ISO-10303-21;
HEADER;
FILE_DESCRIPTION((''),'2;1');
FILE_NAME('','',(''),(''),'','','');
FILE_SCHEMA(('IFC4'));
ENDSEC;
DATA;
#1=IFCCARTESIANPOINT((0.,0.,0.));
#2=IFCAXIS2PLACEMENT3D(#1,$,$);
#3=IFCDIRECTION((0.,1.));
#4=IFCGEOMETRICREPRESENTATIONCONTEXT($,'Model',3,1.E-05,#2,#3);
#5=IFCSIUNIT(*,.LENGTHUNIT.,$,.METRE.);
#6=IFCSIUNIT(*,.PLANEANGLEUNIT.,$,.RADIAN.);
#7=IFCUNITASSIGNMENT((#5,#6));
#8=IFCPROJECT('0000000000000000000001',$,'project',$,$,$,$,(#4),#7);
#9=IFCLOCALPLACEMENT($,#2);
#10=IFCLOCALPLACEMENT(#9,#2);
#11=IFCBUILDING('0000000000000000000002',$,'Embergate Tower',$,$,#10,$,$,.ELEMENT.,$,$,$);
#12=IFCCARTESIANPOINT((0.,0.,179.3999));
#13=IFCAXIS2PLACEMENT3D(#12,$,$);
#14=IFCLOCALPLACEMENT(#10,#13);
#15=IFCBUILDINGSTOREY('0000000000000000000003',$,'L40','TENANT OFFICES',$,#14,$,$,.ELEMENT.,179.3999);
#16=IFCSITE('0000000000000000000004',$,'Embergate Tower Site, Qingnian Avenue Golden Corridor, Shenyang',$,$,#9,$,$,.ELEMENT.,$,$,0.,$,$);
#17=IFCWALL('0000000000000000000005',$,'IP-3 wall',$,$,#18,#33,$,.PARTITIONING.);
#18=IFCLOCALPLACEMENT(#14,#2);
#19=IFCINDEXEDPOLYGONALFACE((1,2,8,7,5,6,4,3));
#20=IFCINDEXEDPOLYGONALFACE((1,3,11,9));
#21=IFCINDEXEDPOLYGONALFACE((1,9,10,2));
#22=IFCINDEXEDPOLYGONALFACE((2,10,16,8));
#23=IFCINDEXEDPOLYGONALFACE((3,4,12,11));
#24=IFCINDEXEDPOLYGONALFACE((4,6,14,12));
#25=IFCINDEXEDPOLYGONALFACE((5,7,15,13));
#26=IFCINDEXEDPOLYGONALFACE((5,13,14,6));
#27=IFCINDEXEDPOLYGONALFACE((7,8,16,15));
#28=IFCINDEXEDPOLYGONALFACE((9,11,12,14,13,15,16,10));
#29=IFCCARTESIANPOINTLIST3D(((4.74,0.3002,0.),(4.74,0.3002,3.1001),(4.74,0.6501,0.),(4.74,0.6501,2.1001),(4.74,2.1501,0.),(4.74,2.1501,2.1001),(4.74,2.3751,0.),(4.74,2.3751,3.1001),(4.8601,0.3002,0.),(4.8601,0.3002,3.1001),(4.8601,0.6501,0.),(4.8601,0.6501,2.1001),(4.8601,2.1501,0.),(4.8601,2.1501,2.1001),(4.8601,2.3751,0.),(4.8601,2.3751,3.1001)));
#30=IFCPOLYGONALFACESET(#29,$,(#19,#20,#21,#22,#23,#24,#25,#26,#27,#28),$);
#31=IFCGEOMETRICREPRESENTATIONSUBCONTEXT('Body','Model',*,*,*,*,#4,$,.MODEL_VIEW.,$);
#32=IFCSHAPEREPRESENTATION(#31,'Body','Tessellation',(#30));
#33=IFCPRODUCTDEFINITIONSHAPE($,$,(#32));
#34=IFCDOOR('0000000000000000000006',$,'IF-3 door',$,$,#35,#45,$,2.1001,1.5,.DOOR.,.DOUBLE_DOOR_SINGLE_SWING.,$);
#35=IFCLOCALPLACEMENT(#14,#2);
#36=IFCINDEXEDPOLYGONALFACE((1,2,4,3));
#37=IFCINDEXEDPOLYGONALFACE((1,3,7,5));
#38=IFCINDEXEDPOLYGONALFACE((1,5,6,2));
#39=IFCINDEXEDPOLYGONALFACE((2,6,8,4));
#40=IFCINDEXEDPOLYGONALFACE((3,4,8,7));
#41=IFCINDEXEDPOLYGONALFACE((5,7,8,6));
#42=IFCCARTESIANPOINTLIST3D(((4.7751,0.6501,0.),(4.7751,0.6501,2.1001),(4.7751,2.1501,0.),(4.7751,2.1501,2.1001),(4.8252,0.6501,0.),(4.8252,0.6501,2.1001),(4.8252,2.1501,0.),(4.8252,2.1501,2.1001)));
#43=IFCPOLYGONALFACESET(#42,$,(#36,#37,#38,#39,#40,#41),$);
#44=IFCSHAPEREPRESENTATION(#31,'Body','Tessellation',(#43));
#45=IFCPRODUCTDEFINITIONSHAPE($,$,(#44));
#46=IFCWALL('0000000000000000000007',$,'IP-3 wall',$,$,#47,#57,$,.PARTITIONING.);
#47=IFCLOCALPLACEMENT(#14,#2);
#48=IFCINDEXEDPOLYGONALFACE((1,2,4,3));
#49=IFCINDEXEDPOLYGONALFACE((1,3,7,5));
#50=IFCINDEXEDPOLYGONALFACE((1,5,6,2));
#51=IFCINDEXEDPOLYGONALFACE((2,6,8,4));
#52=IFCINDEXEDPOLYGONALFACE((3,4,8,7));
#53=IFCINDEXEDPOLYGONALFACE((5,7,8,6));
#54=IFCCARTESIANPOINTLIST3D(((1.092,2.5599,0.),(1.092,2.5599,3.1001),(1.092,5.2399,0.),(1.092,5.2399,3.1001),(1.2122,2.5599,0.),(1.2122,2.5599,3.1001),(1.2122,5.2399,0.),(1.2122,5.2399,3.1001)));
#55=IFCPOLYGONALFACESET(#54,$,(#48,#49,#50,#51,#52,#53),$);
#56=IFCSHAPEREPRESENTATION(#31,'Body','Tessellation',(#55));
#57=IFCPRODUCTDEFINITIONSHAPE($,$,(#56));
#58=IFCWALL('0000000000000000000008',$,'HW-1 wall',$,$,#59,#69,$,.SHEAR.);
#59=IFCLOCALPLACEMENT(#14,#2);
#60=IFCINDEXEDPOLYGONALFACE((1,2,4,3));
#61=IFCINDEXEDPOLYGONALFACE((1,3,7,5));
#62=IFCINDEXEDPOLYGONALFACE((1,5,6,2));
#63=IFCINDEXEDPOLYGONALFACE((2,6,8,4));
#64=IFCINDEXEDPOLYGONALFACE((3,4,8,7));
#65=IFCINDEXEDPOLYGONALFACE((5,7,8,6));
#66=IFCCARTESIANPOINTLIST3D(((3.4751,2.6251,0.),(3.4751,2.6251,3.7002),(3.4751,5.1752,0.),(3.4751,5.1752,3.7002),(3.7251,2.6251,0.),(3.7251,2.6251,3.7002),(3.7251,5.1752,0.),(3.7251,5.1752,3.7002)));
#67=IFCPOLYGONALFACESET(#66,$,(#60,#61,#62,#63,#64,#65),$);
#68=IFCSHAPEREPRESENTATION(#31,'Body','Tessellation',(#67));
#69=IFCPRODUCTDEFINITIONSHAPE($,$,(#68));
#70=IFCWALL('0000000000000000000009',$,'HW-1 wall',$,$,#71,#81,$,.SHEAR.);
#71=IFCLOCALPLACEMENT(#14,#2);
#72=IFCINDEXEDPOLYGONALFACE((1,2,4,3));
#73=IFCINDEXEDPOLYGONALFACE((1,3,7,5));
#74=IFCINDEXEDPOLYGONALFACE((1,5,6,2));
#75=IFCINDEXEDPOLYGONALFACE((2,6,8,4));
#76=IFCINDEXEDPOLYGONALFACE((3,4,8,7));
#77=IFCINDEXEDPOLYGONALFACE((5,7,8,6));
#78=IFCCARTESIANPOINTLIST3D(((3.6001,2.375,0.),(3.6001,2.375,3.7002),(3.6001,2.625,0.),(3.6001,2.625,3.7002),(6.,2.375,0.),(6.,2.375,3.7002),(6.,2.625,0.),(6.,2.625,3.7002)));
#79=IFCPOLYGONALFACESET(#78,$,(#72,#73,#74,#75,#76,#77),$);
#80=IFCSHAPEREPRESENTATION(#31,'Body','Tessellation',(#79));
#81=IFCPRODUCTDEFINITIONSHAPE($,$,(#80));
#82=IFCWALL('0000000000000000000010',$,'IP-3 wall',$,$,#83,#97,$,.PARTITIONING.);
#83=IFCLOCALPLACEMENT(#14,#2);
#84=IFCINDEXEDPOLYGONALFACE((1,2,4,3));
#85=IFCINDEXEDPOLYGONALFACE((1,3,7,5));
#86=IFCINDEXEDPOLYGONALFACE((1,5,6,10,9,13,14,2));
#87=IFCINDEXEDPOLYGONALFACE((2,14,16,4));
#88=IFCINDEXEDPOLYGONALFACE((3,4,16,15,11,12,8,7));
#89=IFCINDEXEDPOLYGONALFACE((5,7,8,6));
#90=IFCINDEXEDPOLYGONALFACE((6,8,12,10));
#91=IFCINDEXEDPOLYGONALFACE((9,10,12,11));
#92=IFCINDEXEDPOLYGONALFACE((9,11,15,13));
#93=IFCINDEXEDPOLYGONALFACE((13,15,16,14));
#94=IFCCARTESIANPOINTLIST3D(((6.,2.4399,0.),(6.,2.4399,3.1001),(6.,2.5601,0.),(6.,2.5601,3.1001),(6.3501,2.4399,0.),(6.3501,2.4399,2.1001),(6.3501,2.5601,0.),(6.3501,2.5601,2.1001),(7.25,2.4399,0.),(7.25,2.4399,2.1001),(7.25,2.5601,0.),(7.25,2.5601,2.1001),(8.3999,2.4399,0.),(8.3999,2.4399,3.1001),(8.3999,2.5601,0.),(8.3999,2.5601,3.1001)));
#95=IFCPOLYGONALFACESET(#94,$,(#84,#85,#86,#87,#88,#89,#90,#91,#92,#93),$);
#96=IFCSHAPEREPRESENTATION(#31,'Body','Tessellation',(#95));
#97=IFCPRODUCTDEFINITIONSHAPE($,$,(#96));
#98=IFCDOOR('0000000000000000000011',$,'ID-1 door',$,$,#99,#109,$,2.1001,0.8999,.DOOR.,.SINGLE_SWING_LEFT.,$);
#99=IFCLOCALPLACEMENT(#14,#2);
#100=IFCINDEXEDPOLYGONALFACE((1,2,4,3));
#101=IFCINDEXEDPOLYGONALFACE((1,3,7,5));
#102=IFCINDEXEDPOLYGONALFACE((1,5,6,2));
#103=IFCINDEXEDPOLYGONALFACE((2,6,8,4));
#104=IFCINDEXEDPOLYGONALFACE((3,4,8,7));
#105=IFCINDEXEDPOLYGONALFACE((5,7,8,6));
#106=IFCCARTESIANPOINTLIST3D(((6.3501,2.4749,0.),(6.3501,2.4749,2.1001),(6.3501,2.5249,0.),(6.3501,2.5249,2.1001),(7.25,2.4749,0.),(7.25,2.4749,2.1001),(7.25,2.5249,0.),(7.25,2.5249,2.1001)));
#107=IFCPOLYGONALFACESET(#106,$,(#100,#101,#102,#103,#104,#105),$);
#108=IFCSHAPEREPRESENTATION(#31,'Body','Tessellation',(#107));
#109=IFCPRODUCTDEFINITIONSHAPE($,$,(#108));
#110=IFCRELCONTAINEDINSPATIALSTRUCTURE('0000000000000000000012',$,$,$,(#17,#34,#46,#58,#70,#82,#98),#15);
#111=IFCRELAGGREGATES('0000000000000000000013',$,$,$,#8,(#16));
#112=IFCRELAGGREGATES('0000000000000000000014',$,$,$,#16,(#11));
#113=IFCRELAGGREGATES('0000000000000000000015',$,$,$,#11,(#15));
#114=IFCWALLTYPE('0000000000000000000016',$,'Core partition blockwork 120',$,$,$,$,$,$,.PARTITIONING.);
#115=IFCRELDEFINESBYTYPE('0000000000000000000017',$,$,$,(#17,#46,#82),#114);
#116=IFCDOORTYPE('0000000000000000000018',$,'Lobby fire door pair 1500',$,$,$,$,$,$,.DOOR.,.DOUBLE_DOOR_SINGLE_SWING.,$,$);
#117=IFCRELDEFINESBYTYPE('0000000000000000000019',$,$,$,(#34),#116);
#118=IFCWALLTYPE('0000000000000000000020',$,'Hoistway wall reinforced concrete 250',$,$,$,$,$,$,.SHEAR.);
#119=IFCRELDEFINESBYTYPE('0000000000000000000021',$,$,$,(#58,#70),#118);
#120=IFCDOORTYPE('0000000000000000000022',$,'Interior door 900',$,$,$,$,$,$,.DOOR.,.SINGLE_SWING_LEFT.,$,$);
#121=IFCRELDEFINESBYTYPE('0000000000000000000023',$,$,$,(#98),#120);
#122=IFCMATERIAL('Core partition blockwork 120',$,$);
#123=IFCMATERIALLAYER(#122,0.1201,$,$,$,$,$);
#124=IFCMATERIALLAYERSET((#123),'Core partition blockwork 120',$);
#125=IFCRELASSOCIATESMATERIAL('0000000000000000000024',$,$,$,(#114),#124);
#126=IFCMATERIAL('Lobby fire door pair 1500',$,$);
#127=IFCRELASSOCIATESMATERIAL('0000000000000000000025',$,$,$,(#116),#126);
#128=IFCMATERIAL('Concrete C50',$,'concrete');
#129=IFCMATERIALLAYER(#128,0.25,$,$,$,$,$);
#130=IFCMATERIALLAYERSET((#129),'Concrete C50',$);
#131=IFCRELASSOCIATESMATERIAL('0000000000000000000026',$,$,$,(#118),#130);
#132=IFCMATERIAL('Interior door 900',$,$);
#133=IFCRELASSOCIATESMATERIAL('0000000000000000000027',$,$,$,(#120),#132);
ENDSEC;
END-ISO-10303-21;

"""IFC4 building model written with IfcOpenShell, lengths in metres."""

from ifc_helpers import new_model, si_unit, direction, frame, frame_2d, origin, place, context, subcontext, project, spatial, rectangle, extrude, source, transform, mapped, material, layer, layer_set, type_object, element, fill, save


model = new_model("IFC4")

# Units and contexts
model_context = context("Model", 3, precision=1e-05, world=origin(), true_north=direction((0.0, 1.0)))
body_context = subcontext(model_context, "Body", "Model", "MODEL_VIEW")
ifc_project = project(units=[si_unit("LENGTHUNIT", "METRE"), si_unit("PLANEANGLEUNIT", "RADIAN")], contexts=[model_context])

# Site, building, storey
site_placement = place(None, origin())
site = spatial("IfcSite", under=ifc_project, at=site_placement, Name="Embergate Tower Site, Qingnian Avenue Golden Corridor, Shenyang", CompositionType="ELEMENT", RefElevation=0.0)
building_placement = place(site_placement, origin())
building = spatial("IfcBuilding", under=site, at=building_placement, Name="Embergate Tower", CompositionType="ELEMENT")
storey_placement = place(building_placement, frame((0.0, 0.0, 179.3999)))
storey = spatial("IfcBuildingStorey", under=building, at=storey_placement, Name="L40", Description="TENANT OFFICES", CompositionType="ELEMENT", Elevation=179.3999)

# Wall, opening, door
ifc_material_1 = material(Name="Core partition blockwork 120")
ifc_layer_1 = layer(ifc_material_1, 0.1201)
ifc_layer_set_1 = layer_set([ifc_layer_1], Name="Core partition blockwork 120")
wall_type_1 = type_object("IfcWallType", Name="Core partition blockwork 120", PredefinedType="PARTITIONING", material=ifc_layer_set_1)
shared_shape_1 = source(origin(), body_context, "Body", "SweptSolid", [
    extrude(rectangle(XDim=2.075, YDim=0.1201, at=frame_2d((1.0376, 0.0))), origin(), (0.0, 0.0, 1.0), 3.1001),
])
wall_1_placement = place(storey_placement, frame((4.8, 0.3, 0.0), z_axis=(0.0, 0.0, 1.0), x_axis=(0.0, 1.0, 0.0)))
wall_1 = element("IfcWall", 1, at=wall_1_placement, inside=storey, type_object=wall_type_1, Name="IP-3 wall", PredefinedType="PARTITIONING", context=body_context, shape_type="MappedRepresentation", body=[
    mapped(shared_shape_1, transform((0.0, 0.0, 0.0))),
])
shared_shape_2 = source(origin(), body_context, "Body", "SweptSolid", [
    extrude(rectangle(XDim=1.5, YDim=2.1001, at=frame_2d((0.75, 1.05))), frame((0.0, 0.0701, 0.0), z_axis=(0.0, -1.0, 0.0), x_axis=(1.0, 0.0, 0.0)), (0.0, 0.0, 1.0), 0.1401),
])
opening_1_placement = place(wall_1_placement, frame((0.3501, 0.0, 0.0)))
opening_1 = element("IfcOpeningElement", 2, at=opening_1_placement, cuts=wall_1, PredefinedType="OPENING", context=body_context, shape_type="MappedRepresentation", body=[
    mapped(shared_shape_2, transform((0.0, 0.0, 0.0))),
])
ifc_material_2 = material(Name="Lobby fire door pair 1500")
door_type_1 = type_object("IfcDoorType", Name="Lobby fire door pair 1500", OperationType="DOUBLE_DOOR_SINGLE_SWING", PredefinedType="DOOR", material=ifc_material_2)
shared_shape_3 = source(origin(), body_context, "Body", "SweptSolid", [
    extrude(rectangle(XDim=1.5, YDim=2.1001, at=frame_2d((0.75, 1.05))), frame((0.0, 0.0249, 0.0), z_axis=(0.0, -1.0, 0.0), x_axis=(1.0, 0.0, 0.0)), (0.0, 0.0, 1.0), 0.05),
])
door_1_placement = place(opening_1_placement, origin())
door_1 = element("IfcDoor", 3, at=door_1_placement, inside=storey, type_object=door_type_1, Name="IF-3 door", OperationType="DOUBLE_DOOR_SINGLE_SWING", OverallHeight=2.1001, OverallWidth=1.5, PredefinedType="DOOR", context=body_context, shape_type="MappedRepresentation", body=[
    mapped(shared_shape_3, transform((0.0, 0.0, 0.0))),
])
fill(opening_1, door_1)

# Walls
shared_shape_4 = source(origin(), body_context, "Body", "SweptSolid", [
    extrude(rectangle(XDim=2.6799, YDim=0.1201, at=frame_2d((1.3398, 0.0))), origin(), (0.0, 0.0, 1.0), 3.1001),
])
wall_2_placement = place(storey_placement, frame((1.1521, 2.5601, 0.0), z_axis=(0.0, 0.0, 1.0), x_axis=(0.0, 1.0, 0.0)))
element("IfcWall", 4, at=wall_2_placement, inside=storey, type_object=wall_type_1, Name="IP-3 wall", PredefinedType="PARTITIONING", context=body_context, shape_type="MappedRepresentation", body=[
    mapped(shared_shape_4, transform((0.0, 0.0, 0.0))),
])
ifc_material_3 = material(Name="Concrete C50", Category="concrete")
ifc_layer_2 = layer(ifc_material_3, 0.25)
ifc_layer_set_2 = layer_set([ifc_layer_2], Name="Concrete C50")
wall_type_2 = type_object("IfcWallType", Name="Hoistway wall reinforced concrete 250", PredefinedType="SHEAR", material=ifc_layer_set_2)
shared_shape_5 = source(origin(), body_context, "Body", "SweptSolid", [
    extrude(rectangle(XDim=2.55, YDim=0.25, at=frame_2d((1.2749, 0.0))), origin(), (0.0, 0.0, 1.0), 3.7002),
])
wall_3_placement = place(storey_placement, frame((3.6001, 5.175, 0.0), z_axis=(0.0, 0.0, 1.0), x_axis=(0.0, -1.0, 0.0)))
element("IfcWall", 5, at=wall_3_placement, inside=storey, type_object=wall_type_2, Name="HW-1 wall", PredefinedType="SHEAR", context=body_context, shape_type="MappedRepresentation", body=[
    mapped(shared_shape_5, transform((0.0, 0.0, 0.0))),
])
shared_shape_6 = source(origin(), body_context, "Body", "SweptSolid", [
    extrude(rectangle(XDim=2.3999, YDim=0.25, at=frame_2d((1.2, 0.0))), origin(), (0.0, 0.0, 1.0), 3.7002),
])
wall_4_placement = place(storey_placement, frame((3.6001, 2.5, 0.0), z_axis=(0.0, 0.0, 1.0), x_axis=(1.0, 0.0, 0.0)))
element("IfcWall", 6, at=wall_4_placement, inside=storey, type_object=wall_type_2, Name="HW-1 wall", PredefinedType="SHEAR", context=body_context, shape_type="MappedRepresentation", body=[
    mapped(shared_shape_6, transform((0.0, 0.0, 0.0))),
])

# Wall, opening, door
shared_shape_7 = source(origin(), body_context, "Body", "SweptSolid", [
    extrude(rectangle(XDim=2.3999, YDim=0.1201, at=frame_2d((1.2, 0.0))), origin(), (0.0, 0.0, 1.0), 3.1001),
])
wall_5_placement = place(storey_placement, frame((6.0, 2.5, 0.0), z_axis=(0.0, 0.0, 1.0), x_axis=(1.0, 0.0, 0.0)))
wall_5 = element("IfcWall", 7, at=wall_5_placement, inside=storey, type_object=wall_type_1, Name="IP-3 wall", PredefinedType="PARTITIONING", context=body_context, shape_type="MappedRepresentation", body=[
    mapped(shared_shape_7, transform((0.0, 0.0, 0.0))),
])
shared_shape_8 = source(origin(), body_context, "Body", "SweptSolid", [
    extrude(rectangle(XDim=0.8999, YDim=2.1001, at=frame_2d((0.45, 1.05))), frame((0.0, 0.0701, 0.0), z_axis=(0.0, -1.0, 0.0), x_axis=(1.0, 0.0, 0.0)), (0.0, 0.0, 1.0), 0.1401),
])
opening_2_placement = place(wall_5_placement, frame((0.3501, 0.0, 0.0)))
opening_2 = element("IfcOpeningElement", 8, at=opening_2_placement, cuts=wall_5, PredefinedType="OPENING", context=body_context, shape_type="MappedRepresentation", body=[
    mapped(shared_shape_8, transform((0.0, 0.0, 0.0))),
])
ifc_material_4 = material(Name="Interior door 900")
door_type_2 = type_object("IfcDoorType", Name="Interior door 900", OperationType="SINGLE_SWING_LEFT", PredefinedType="DOOR", material=ifc_material_4)
shared_shape_9 = source(origin(), body_context, "Body", "SweptSolid", [
    extrude(rectangle(XDim=0.8999, YDim=2.1001, at=frame_2d((0.45, 1.05))), frame((0.0, 0.0249, 0.0), z_axis=(0.0, -1.0, 0.0), x_axis=(1.0, 0.0, 0.0)), (0.0, 0.0, 1.0), 0.05),
])
door_2_placement = place(opening_2_placement, origin())
door_2 = element("IfcDoor", 9, at=door_2_placement, inside=storey, type_object=door_type_2, Name="ID-1 door", OperationType="SINGLE_SWING_LEFT", OverallHeight=2.1001, OverallWidth=0.8999, PredefinedType="DOOR", context=body_context, shape_type="MappedRepresentation", body=[
    mapped(shared_shape_9, transform((0.0, 0.0, 0.0))),
])
fill(opening_2, door_2)

save(model, "model.ifc")
